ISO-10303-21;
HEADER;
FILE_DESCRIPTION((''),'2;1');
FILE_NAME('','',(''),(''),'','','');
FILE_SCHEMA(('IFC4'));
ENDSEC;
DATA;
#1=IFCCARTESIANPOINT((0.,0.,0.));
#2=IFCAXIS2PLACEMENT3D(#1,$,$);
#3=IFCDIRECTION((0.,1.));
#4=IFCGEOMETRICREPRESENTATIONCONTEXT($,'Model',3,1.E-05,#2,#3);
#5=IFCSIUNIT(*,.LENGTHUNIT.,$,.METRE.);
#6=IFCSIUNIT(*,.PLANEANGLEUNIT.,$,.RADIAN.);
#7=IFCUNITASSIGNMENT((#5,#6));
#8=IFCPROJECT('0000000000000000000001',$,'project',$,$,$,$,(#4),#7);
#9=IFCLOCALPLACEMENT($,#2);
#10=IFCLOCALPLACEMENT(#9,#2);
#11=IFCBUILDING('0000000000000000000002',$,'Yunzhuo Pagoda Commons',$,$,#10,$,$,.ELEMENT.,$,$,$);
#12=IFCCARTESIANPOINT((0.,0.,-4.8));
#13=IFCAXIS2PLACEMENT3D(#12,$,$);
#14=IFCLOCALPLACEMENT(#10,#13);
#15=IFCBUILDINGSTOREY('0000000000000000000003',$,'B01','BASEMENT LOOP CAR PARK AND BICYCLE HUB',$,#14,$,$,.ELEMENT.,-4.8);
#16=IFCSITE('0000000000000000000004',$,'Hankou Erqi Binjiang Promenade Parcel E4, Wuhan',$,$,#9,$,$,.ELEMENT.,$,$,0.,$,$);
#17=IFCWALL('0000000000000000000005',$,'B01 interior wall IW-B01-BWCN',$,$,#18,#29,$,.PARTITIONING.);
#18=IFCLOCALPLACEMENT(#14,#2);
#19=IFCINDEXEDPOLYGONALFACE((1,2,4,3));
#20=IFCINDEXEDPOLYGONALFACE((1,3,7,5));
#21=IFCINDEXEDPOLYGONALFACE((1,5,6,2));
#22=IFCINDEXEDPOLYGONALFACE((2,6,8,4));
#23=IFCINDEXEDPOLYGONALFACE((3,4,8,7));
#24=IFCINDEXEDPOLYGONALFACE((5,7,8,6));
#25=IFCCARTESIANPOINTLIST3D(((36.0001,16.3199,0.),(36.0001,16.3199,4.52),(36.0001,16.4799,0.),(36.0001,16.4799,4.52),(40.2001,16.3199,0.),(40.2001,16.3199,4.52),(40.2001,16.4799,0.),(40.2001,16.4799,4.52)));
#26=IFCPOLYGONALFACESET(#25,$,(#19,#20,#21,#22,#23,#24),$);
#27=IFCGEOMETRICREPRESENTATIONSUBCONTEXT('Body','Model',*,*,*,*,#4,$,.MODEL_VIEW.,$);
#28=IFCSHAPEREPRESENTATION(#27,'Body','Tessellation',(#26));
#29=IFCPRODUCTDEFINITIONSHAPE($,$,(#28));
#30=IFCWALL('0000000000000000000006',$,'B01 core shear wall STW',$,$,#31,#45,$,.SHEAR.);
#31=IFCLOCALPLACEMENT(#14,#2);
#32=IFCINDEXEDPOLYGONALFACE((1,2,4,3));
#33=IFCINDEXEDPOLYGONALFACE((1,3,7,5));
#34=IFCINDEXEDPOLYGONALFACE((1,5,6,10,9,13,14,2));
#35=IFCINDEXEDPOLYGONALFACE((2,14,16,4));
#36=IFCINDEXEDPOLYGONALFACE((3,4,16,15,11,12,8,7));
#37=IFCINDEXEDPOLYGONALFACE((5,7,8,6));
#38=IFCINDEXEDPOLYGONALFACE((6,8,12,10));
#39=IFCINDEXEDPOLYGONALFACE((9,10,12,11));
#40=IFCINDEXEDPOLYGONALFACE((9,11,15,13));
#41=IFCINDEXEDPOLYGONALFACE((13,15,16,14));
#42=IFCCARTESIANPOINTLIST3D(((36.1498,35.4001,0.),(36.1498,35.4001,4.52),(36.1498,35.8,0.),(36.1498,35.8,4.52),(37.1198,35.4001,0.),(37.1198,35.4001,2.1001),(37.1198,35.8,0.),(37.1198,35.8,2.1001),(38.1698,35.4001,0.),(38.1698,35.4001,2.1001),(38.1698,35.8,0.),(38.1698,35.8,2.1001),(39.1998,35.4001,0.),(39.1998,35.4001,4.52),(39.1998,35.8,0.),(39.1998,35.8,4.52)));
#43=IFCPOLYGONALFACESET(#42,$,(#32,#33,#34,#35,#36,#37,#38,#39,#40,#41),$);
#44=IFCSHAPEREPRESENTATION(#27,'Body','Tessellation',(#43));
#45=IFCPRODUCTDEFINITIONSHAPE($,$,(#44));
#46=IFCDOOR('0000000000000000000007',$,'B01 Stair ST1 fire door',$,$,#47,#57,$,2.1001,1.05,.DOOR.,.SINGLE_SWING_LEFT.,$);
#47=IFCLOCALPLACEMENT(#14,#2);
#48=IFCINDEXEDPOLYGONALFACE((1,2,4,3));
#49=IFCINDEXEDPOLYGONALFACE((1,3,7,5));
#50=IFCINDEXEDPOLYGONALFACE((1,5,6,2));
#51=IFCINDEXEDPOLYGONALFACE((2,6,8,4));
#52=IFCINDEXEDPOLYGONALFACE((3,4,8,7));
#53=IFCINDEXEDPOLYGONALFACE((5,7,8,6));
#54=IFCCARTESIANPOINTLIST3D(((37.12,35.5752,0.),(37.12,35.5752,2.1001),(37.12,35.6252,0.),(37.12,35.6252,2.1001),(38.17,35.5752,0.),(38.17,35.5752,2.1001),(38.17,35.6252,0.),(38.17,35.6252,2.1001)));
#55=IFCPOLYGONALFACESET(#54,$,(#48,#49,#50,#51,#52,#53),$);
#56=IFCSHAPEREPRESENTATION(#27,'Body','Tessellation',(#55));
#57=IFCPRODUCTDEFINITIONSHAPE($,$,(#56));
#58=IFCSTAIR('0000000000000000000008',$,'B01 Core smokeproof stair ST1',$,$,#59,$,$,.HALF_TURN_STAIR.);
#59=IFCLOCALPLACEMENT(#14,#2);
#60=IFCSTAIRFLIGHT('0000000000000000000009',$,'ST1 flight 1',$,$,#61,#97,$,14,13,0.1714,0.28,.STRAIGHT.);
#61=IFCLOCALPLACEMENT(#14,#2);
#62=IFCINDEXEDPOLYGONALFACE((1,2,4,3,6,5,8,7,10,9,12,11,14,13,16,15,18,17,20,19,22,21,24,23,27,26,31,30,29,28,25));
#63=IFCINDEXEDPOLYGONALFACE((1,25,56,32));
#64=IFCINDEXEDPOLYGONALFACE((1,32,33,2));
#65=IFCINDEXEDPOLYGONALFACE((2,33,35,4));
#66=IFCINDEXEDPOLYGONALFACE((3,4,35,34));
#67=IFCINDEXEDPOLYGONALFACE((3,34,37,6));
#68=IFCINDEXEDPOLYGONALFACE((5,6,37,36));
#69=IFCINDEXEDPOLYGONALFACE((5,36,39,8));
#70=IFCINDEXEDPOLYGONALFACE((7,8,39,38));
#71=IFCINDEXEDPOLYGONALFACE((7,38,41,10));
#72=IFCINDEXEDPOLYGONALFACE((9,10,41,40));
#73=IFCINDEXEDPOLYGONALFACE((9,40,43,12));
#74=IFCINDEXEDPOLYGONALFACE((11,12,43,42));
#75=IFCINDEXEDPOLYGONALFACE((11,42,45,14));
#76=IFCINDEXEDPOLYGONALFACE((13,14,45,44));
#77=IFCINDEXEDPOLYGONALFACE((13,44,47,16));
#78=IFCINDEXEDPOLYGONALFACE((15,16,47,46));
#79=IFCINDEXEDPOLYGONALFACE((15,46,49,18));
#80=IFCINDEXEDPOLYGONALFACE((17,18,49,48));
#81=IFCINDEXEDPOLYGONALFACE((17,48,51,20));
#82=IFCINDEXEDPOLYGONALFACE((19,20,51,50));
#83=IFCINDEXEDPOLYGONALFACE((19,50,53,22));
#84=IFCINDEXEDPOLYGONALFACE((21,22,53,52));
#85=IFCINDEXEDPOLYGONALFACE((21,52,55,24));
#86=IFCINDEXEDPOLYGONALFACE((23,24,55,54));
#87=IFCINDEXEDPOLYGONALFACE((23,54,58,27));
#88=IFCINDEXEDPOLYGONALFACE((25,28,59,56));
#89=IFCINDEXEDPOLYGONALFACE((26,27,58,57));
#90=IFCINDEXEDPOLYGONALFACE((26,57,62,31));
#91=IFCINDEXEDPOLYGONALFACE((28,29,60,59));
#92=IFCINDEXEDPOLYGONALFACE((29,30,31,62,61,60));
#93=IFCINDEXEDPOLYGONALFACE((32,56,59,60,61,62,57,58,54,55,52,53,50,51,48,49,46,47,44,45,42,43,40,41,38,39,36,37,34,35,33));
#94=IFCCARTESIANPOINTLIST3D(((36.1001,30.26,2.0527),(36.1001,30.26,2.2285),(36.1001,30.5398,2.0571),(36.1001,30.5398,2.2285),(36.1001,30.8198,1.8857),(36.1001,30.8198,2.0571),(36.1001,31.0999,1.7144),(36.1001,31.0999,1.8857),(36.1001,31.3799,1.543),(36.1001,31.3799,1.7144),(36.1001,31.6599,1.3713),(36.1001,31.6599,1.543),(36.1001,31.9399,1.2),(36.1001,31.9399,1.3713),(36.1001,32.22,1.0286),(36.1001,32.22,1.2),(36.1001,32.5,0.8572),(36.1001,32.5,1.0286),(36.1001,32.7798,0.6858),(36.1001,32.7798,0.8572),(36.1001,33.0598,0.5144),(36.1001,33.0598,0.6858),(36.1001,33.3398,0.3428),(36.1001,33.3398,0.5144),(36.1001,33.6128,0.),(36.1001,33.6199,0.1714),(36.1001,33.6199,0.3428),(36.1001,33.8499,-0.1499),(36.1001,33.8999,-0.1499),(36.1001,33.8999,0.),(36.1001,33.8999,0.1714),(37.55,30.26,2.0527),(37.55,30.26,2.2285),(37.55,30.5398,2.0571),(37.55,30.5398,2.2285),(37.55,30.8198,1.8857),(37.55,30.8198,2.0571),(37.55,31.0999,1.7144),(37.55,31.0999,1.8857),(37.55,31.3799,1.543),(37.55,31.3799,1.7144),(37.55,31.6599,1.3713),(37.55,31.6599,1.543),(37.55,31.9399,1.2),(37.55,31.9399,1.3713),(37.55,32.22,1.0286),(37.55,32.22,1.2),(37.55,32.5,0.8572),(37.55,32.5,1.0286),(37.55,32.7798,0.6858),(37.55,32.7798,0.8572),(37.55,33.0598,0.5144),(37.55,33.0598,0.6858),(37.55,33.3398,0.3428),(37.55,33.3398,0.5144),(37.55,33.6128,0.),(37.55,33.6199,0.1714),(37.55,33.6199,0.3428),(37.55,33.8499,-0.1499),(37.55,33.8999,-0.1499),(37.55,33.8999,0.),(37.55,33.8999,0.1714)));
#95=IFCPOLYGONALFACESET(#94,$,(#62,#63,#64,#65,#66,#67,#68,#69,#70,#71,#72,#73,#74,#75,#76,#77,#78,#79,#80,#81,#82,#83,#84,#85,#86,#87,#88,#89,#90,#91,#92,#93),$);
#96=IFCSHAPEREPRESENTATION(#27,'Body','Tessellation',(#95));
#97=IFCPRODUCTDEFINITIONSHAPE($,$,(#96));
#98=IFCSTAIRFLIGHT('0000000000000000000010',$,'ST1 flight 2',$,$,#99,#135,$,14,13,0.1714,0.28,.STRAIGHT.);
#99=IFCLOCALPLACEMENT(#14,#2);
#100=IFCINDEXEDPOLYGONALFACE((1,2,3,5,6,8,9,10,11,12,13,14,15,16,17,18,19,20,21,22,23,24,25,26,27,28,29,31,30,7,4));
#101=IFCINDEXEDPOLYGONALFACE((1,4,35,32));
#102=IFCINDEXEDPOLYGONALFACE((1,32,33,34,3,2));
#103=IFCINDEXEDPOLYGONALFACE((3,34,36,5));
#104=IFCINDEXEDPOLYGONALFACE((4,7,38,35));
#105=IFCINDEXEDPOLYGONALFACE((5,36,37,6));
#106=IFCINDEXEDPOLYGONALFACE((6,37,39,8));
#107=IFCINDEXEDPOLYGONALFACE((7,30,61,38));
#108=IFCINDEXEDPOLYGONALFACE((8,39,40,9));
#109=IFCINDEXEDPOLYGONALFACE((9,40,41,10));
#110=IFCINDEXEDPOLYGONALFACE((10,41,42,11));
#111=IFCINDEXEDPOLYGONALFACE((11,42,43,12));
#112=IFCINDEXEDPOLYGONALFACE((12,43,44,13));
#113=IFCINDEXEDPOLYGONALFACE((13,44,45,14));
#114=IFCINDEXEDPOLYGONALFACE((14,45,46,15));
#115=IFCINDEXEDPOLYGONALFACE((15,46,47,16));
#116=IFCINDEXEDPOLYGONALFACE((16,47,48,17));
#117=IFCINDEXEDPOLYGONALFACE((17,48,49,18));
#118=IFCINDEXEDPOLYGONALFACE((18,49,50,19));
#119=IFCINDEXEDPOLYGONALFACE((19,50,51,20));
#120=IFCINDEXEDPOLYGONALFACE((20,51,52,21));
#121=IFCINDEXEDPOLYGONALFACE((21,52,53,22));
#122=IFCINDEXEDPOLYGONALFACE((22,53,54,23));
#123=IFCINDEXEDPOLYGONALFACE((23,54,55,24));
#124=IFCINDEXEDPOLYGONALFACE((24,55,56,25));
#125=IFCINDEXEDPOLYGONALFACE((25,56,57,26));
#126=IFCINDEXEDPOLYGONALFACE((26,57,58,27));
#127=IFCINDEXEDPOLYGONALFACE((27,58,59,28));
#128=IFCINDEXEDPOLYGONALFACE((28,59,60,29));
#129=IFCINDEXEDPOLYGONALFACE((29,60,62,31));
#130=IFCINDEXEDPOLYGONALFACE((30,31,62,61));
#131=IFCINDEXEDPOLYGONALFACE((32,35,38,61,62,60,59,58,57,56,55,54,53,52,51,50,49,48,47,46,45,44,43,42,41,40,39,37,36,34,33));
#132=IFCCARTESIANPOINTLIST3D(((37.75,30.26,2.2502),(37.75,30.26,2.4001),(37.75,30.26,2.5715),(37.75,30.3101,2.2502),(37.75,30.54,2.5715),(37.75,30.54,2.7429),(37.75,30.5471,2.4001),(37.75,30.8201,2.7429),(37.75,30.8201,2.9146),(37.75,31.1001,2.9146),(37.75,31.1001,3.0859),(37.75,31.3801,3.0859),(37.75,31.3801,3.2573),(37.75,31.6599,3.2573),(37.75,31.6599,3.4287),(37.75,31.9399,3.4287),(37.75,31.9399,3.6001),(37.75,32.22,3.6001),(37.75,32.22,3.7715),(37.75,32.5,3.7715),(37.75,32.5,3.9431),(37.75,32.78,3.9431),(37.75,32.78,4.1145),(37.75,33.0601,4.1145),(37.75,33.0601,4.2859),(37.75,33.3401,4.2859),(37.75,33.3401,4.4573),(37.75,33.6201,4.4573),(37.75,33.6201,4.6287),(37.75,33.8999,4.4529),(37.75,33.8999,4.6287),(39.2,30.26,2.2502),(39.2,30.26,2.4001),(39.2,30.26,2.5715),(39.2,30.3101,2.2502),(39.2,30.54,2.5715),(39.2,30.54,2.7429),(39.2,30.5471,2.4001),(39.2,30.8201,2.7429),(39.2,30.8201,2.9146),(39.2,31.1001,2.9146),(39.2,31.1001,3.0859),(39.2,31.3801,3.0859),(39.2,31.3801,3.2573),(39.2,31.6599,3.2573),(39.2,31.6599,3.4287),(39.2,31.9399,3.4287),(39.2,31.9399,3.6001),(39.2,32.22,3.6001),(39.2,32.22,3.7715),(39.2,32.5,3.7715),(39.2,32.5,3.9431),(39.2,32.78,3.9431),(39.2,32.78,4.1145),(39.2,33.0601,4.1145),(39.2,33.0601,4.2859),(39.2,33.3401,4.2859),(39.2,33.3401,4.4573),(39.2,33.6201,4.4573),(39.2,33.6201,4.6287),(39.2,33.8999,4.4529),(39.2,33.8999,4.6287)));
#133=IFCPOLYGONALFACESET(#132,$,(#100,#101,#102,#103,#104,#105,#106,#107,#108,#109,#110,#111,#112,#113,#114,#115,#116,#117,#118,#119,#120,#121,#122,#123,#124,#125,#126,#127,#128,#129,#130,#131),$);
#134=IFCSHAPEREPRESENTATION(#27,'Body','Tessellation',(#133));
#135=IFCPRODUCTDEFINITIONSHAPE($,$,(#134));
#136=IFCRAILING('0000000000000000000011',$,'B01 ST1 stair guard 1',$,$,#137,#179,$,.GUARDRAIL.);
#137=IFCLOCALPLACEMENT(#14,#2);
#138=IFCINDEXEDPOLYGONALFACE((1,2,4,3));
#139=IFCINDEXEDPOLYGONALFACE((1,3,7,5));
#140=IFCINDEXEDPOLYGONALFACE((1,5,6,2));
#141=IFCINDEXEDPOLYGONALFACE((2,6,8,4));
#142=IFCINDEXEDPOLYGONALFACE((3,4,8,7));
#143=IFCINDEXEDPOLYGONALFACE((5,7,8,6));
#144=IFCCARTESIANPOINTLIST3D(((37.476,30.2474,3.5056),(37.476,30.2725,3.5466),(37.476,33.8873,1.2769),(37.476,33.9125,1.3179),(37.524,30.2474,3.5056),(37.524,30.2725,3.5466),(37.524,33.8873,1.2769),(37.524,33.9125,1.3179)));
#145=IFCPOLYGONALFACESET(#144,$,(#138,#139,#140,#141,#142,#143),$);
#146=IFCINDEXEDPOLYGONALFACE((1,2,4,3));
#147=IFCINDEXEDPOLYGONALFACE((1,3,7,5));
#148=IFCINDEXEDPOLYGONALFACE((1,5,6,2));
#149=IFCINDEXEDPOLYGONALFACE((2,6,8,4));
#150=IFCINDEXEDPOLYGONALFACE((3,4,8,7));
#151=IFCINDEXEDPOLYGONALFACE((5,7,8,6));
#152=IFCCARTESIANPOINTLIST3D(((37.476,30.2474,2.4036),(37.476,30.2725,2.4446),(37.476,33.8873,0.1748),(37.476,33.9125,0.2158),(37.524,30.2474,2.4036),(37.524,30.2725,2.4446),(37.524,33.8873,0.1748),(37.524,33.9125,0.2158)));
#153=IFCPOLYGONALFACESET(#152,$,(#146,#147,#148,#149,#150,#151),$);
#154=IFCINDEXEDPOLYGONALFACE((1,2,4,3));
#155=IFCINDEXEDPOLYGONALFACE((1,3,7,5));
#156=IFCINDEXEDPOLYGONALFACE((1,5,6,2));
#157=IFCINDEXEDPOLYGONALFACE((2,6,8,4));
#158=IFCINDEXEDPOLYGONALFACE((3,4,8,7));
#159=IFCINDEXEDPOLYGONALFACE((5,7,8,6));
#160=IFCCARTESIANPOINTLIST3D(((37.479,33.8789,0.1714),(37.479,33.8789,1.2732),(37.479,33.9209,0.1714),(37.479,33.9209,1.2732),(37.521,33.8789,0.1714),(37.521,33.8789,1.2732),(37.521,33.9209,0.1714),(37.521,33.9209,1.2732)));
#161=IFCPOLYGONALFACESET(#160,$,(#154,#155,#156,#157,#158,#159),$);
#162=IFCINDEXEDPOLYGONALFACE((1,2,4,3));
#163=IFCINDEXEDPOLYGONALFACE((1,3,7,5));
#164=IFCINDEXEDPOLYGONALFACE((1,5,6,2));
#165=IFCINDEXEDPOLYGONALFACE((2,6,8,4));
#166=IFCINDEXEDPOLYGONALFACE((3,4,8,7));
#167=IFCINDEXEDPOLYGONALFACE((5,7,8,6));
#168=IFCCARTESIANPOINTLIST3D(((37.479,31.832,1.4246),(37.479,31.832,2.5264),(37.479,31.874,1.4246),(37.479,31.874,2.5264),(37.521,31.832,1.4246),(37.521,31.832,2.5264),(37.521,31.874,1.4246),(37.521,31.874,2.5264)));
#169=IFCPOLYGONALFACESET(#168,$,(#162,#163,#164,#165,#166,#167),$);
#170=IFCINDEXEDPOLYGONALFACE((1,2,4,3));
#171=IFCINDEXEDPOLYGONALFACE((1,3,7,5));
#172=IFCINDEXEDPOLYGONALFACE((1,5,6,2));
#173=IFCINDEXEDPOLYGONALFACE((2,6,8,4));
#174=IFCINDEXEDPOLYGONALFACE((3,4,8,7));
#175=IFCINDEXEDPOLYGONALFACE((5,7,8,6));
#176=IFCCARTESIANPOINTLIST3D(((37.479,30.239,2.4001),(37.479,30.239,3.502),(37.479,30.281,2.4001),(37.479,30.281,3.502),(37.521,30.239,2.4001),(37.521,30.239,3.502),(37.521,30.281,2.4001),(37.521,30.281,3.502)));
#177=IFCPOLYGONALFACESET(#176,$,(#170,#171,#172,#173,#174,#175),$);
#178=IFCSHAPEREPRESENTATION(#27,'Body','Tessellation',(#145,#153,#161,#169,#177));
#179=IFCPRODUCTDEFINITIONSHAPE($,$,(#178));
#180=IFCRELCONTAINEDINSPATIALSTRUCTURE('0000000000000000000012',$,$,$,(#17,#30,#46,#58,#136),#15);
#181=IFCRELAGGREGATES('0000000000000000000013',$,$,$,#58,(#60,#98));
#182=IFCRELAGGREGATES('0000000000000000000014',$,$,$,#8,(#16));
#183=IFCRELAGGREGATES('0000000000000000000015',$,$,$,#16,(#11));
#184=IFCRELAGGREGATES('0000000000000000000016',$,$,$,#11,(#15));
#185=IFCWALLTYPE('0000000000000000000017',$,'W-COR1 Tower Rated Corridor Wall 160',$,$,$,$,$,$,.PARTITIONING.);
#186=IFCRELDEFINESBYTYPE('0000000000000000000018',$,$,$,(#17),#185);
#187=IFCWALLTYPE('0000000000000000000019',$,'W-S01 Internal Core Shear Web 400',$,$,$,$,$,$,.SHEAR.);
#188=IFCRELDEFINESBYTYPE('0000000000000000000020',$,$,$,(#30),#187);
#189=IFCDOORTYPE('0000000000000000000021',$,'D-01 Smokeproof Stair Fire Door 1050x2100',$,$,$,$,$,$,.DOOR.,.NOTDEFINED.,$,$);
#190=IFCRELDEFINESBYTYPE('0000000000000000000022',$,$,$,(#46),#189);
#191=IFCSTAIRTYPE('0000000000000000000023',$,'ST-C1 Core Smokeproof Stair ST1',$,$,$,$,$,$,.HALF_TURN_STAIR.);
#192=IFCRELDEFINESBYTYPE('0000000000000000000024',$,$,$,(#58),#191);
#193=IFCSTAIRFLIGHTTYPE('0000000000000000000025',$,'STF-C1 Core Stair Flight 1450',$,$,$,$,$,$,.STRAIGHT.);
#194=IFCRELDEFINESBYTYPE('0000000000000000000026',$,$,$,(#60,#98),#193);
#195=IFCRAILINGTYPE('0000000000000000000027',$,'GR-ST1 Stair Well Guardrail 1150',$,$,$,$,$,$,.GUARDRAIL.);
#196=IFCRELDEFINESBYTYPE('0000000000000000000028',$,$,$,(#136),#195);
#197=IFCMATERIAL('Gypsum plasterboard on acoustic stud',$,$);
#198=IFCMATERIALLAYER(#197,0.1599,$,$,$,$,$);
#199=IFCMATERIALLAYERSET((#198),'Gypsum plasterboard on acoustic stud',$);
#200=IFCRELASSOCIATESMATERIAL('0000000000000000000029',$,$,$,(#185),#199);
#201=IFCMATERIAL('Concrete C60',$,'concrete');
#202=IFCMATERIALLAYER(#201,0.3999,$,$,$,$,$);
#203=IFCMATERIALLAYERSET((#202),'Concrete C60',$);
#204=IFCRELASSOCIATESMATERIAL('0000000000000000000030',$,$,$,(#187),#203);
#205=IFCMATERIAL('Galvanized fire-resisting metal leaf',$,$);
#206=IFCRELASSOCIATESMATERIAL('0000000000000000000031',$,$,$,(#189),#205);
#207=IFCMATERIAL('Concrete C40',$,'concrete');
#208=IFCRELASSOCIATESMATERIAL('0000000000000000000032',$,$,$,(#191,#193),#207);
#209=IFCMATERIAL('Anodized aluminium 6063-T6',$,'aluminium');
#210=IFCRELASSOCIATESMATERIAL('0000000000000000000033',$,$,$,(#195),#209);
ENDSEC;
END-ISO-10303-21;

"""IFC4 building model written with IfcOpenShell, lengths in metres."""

from ifc_helpers import new_model, si_unit, direction, frame, frame_2d, origin, origin_2d, place, context, subcontext, project, spatial, polyline, rectangle, outline, extrude, source, transform, mapped, material, layer, layer_set, type_object, element, fill, aggregate, save


model = new_model("IFC4")

# Units and contexts
model_context = context("Model", 3, precision=1e-05, world=origin(), true_north=direction((0.0, 1.0)))
body_context = subcontext(model_context, "Body", "Model", "MODEL_VIEW")
ifc_project = project(units=[si_unit("LENGTHUNIT", "METRE"), si_unit("PLANEANGLEUNIT", "RADIAN")], contexts=[model_context])

# Site, building, storey
site_placement = place(None, origin())
site = spatial("IfcSite", under=ifc_project, at=site_placement, Name="Hankou Erqi Binjiang Promenade Parcel E4, Wuhan", CompositionType="ELEMENT", RefElevation=0.0)
building_placement = place(site_placement, origin())
building = spatial("IfcBuilding", under=site, at=building_placement, Name="Yunzhuo Pagoda Commons", CompositionType="ELEMENT")
storey_placement = place(building_placement, frame((0.0, 0.0, -4.8)))
storey = spatial("IfcBuildingStorey", under=building, at=storey_placement, Name="B01", Description="BASEMENT LOOP CAR PARK AND BICYCLE HUB", CompositionType="ELEMENT", Elevation=-4.8)

# Shared definitions
ifc_material_1 = material(Name="Concrete C60", Category="concrete")

# Shared definitions
ifc_material_2 = material(Name="Galvanized fire-resisting metal leaf")
shared_shape_1 = source(origin(), body_context, "Body", "SweptSolid", [
    extrude(rectangle(XDim=1.05, YDim=2.1001, at=frame_2d((0.5249, 1.05))), frame((0.0, 0.0249, 0.0), z_axis=(0.0, -1.0, 0.0), x_axis=(1.0, 0.0, 0.0)), (0.0, 0.0, 1.0), 0.05),
])

# Wall
ifc_material_3 = material(Name="Gypsum plasterboard on acoustic stud")
ifc_layer_1 = layer(ifc_material_3, 0.1599)
ifc_layer_set_1 = layer_set([ifc_layer_1], Name="Gypsum plasterboard on acoustic stud")
wall_type_1 = type_object("IfcWallType", Name="W-COR1 Tower Rated Corridor Wall 160", PredefinedType="PARTITIONING", material=ifc_layer_set_1)
wall_1_placement = place(storey_placement, frame((36.0, 16.3999, 0.0), z_axis=(0.0, 0.0, 1.0), x_axis=(1.0, 0.0, 0.0)))
element("IfcWall", 1, at=wall_1_placement, inside=storey, type_object=wall_type_1, Name="B01 interior wall IW-B01-BWCN", PredefinedType="PARTITIONING", context=body_context, shape_type="SweptSolid", body=[
    extrude(rectangle(XDim=4.2, YDim=0.1599, at=frame_2d((2.1001, 0.0))), origin(), (0.0, 0.0, 1.0), 4.52),
])

# Wall, opening, door
ifc_layer_2 = layer(ifc_material_1, 0.3999)
ifc_layer_set_2 = layer_set([ifc_layer_2], Name="Concrete C60")
wall_type_2 = type_object("IfcWallType", Name="W-S01 Internal Core Shear Web 400", PredefinedType="SHEAR", material=ifc_layer_set_2)
wall_2_placement = place(storey_placement, frame((36.1499, 35.6001, 0.0), z_axis=(0.0, 0.0, 1.0), x_axis=(1.0, 0.0, 0.0)))
wall_2 = element("IfcWall", 2, at=wall_2_placement, inside=storey, type_object=wall_type_2, Name="B01 core shear wall STW", PredefinedType="SHEAR", context=body_context, shape_type="SweptSolid", body=[
    extrude(rectangle(XDim=3.05, YDim=0.3999, at=frame_2d((1.5249, 0.0))), origin(), (0.0, 0.0, 1.0), 4.52),
])
opening_1_placement = place(wall_2_placement, frame((0.97, 0.0, 0.0)))
opening_1 = element("IfcOpeningElement", 3, at=opening_1_placement, cuts=wall_2, PredefinedType="OPENING", context=body_context, shape_type="SweptSolid", body=[
    extrude(rectangle(XDim=1.05, YDim=2.1001, at=frame_2d((0.5249, 1.05))), frame((0.0, 0.21, 0.0), z_axis=(0.0, -1.0, 0.0), x_axis=(1.0, 0.0, 0.0)), (0.0, 0.0, 1.0), 0.4199),
])
door_type_1 = type_object("IfcDoorType", Name="D-01 Smokeproof Stair Fire Door 1050x2100", OperationType="NOTDEFINED", PredefinedType="DOOR", material=ifc_material_2)
door_1_placement = place(opening_1_placement, frame((1.05, 0.0, 0.0), z_axis=(0.0, 0.0, 1.0), x_axis=(-1.0, 0.0, 0.0)))
door_1 = element("IfcDoor", 4, at=door_1_placement, inside=storey, type_object=door_type_1, Name="B01 Stair ST1 fire door", OperationType="SINGLE_SWING_LEFT", OverallHeight=2.1001, OverallWidth=1.05, PredefinedType="DOOR", context=body_context, shape_type="MappedRepresentation", body=[
    mapped(shared_shape_1, transform((0.0, 0.0, 0.0), scale=1.0)),
])
fill(opening_1, door_1)

# Stair, stair flights
ifc_material_4 = material(Name="Concrete C40", Category="concrete")
stair_type = type_object("IfcStairType", Name="ST-C1 Core Smokeproof Stair ST1", PredefinedType="HALF_TURN_STAIR", material=ifc_material_4)
stair_placement = place(storey_placement, origin())
stair = element("IfcStair", 5, at=stair_placement, inside=storey, type_object=stair_type, Name="B01 Core smokeproof stair ST1", PredefinedType="HALF_TURN_STAIR")
stair_flight_type = type_object("IfcStairFlightType", Name="STF-C1 Core Stair Flight 1450", PredefinedType="STRAIGHT", material=ifc_material_4)
shared_shape_2 = source(origin(), body_context, "Body", "SweptSolid", [
    extrude(outline(polyline([(0.0, -0.1499), (0.0, 0.0), (0.0, 0.1714), (0.28, 0.1714), (0.28, 0.3428), (0.5601, 0.3428), (0.5601, 0.5144), (0.8401, 0.5144), (0.8401, 0.6858), (1.1201, 0.6858), (1.1201, 0.8572), (1.3999, 0.8572), (1.3999, 1.0286), (1.6799, 1.0286), (1.6799, 1.2), (1.96, 1.2), (1.96, 1.3713), (2.24, 1.3713), (2.24, 1.543), (2.52, 1.543), (2.52, 1.7144), (2.8, 1.7144), (2.8, 1.8857), (3.0801, 1.8857), (3.0801, 2.0571), (3.3601, 2.0571), (3.3601, 2.2285), (3.6399, 2.2285), (3.6399, 2.3999), (3.6399, 2.0527), (0.2871, 0.0), (0.05, -0.1499), (0.0, -0.1499)])), frame((0.0, 0.7251, 0.0), z_axis=(0.0, -1.0, 0.0), x_axis=(1.0, 0.0, 0.0)), (0.0, 0.0, 1.0), 1.45),
])
stair_flight_1_placement = place(storey_placement, frame((36.825, 33.8999, 0.0), z_axis=(0.0, 0.0, 1.0), x_axis=(0.0, -1.0, 0.0)))
stair_flight_1 = element("IfcStairFlight", 6, at=stair_flight_1_placement, type_object=stair_flight_type, Name="ST1 flight 1", NumberOfRisers=14, NumberOfTreads=13, PredefinedType="STRAIGHT", RiserHeight=0.1714, TreadLength=0.28, context=body_context, shape_type="MappedRepresentation", body=[
    mapped(shared_shape_2, transform((0.0, 0.0, 0.0), scale=1.0)),
])
stair_flight_2_placement = place(storey_placement, frame((38.4751, 30.26, 2.4001), z_axis=(0.0, 0.0, 1.0), x_axis=(0.0, 1.0, 0.0)))
stair_flight_2 = element("IfcStairFlight", 7, at=stair_flight_2_placement, type_object=stair_flight_type, Name="ST1 flight 2", NumberOfRisers=14, NumberOfTreads=13, PredefinedType="STRAIGHT", RiserHeight=0.1714, TreadLength=0.28, context=body_context, shape_type="MappedRepresentation", body=[
    mapped(shared_shape_2, transform((0.0, 0.0, 0.0), scale=1.0)),
])
aggregate(stair, [stair_flight_1, stair_flight_2])

# Railing
ifc_material_5 = material(Name="Anodized aluminium 6063-T6", Category="aluminium")
railing_type_1 = type_object("IfcRailingType", Name="GR-ST1 Stair Well Guardrail 1150", PredefinedType="GUARDRAIL", material=ifc_material_5)
railing_1_placement = place(storey_placement, frame((37.5, 33.8999, 0.1714)))
element("IfcRailing", 8, at=railing_1_placement, inside=storey, type_object=railing_type_1, Name="B01 ST1 stair guard 1", PredefinedType="GUARDRAIL", context=body_context, shape_type="SweptSolid", body=[
    extrude(rectangle(XDim=0.0481, YDim=0.0481, at=origin_2d()), frame((0.0, 0.0, 1.126), z_axis=(0.0, -0.852825, 0.522197), x_axis=(1.0, 0.0, 0.0)), (0.0, 0.0, 1.0), 4.2681),
    extrude(rectangle(XDim=0.0481, YDim=0.0481, at=origin_2d()), frame((0.0, 0.0, 0.0239), z_axis=(0.0, -0.852825, 0.522197), x_axis=(1.0, 0.0, 0.0)), (0.0, 0.0, 1.0), 4.2681),
    extrude(rectangle(XDim=0.042, YDim=0.042, at=origin_2d()), origin(), (0.0, 0.0, 1.0), 1.1018),
    extrude(rectangle(XDim=0.042, YDim=0.042, at=origin_2d()), frame((0.0, -2.0469, 1.2532)), (0.0, 0.0, 1.0), 1.1018),
    extrude(rectangle(XDim=0.042, YDim=0.042, at=origin_2d()), frame((0.0, -3.6399, 2.2288)), (0.0, 0.0, 1.0), 1.1018),
])

save(model, "model.ifc")
